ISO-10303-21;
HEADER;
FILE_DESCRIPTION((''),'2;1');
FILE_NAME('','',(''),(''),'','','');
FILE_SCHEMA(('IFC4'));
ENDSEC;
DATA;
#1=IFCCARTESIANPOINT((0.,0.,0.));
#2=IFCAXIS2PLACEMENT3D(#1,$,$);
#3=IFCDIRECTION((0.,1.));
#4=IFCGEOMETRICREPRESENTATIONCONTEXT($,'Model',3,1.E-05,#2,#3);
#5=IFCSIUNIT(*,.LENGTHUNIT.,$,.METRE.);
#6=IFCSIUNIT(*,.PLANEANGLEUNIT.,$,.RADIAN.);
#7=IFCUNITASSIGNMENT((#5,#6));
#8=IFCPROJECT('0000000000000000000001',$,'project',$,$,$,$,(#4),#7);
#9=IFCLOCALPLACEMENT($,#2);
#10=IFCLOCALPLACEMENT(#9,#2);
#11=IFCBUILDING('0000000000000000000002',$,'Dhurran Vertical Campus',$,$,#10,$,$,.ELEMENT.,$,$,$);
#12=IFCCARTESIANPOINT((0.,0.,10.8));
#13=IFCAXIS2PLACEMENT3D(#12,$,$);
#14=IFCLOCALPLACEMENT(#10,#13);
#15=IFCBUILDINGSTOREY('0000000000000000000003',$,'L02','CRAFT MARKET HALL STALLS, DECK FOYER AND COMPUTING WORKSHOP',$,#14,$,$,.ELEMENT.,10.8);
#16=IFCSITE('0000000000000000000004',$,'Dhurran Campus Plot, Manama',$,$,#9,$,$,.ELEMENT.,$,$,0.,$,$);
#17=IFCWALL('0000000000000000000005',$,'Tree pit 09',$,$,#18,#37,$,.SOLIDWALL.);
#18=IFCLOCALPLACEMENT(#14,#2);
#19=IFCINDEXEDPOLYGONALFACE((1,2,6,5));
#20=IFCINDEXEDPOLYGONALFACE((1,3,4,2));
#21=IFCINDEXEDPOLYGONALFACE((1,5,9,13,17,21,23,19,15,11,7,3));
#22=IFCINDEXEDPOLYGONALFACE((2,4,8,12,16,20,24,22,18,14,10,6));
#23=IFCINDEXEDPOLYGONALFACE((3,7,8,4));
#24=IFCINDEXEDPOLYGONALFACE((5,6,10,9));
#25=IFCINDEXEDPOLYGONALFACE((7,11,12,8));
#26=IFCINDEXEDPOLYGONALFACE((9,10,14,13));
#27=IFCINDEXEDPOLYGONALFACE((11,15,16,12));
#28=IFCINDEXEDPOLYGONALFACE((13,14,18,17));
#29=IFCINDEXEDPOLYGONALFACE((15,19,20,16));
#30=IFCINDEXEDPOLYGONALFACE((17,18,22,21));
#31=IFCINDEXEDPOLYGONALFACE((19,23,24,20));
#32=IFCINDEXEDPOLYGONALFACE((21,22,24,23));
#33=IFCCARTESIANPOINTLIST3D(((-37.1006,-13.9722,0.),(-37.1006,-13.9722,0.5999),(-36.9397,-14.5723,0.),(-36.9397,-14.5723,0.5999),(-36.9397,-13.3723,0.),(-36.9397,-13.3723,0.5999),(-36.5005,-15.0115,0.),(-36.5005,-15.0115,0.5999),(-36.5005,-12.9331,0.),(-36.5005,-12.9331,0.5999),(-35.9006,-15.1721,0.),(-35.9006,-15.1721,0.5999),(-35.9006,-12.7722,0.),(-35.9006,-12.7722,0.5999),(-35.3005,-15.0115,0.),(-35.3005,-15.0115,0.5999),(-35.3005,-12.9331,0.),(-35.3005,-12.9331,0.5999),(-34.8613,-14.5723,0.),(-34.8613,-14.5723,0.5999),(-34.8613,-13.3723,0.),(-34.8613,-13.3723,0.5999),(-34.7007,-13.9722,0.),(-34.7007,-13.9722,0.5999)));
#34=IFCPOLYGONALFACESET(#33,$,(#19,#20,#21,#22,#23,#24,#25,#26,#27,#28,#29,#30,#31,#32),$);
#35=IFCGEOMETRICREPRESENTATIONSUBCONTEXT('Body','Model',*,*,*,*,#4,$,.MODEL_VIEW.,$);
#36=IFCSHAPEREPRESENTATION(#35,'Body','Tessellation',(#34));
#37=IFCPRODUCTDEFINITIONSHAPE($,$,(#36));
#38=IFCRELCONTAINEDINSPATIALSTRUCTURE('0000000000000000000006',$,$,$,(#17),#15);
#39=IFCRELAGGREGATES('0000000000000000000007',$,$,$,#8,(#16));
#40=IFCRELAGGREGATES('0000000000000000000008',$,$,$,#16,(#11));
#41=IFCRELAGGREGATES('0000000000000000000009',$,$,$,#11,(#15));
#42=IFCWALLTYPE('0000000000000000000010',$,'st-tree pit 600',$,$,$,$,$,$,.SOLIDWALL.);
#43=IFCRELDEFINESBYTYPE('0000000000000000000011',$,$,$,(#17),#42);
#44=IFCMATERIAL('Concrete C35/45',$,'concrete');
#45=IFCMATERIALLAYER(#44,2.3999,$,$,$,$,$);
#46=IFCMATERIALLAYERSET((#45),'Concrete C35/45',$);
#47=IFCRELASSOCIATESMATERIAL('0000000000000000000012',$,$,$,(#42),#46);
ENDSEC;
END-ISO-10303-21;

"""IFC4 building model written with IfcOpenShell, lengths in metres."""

from ifc_helpers import new_model, si_unit, direction, frame, origin, place, context, subcontext, project, spatial, polyline, outline, extrude, material, layer, layer_set, type_object, element, save


model = new_model("IFC4")

# Units and contexts
model_context = context("Model", 3, precision=1e-05, world=origin(), true_north=direction((0.0, 1.0)))
body_context = subcontext(model_context, "Body", "Model", "MODEL_VIEW")
ifc_project = project(units=[si_unit("LENGTHUNIT", "METRE"), si_unit("PLANEANGLEUNIT", "RADIAN")], contexts=[model_context])

# Site, building, storey
site_placement = place(None, origin())
site = spatial("IfcSite", under=ifc_project, at=site_placement, Name="Dhurran Campus Plot, Manama", CompositionType="ELEMENT", RefElevation=0.0)
building_placement = place(site_placement, origin())
building = spatial("IfcBuilding", under=site, at=building_placement, Name="Dhurran Vertical Campus", CompositionType="ELEMENT")
storey_placement = place(building_placement, frame((0.0, 0.0, 10.8)))
storey = spatial("IfcBuildingStorey", under=building, at=storey_placement, Name="L02", Description="CRAFT MARKET HALL STALLS, DECK FOYER AND COMPUTING WORKSHOP", CompositionType="ELEMENT", Elevation=10.8)

# Wall
ifc_material_1 = material(Name="Concrete C35/45", Category="concrete")
ifc_layer_1 = layer(ifc_material_1, 2.3999)
ifc_layer_set_1 = layer_set([ifc_layer_1], Name="Concrete C35/45")
wall_type_1 = type_object("IfcWallType", Name="st-tree pit 600", PredefinedType="SOLIDWALL", material=ifc_layer_set_1)
wall_1_placement = place(storey_placement, origin())
element("IfcWall", 1, at=wall_1_placement, inside=storey, type_object=wall_type_1, Name="Tree pit 09", PredefinedType="SOLIDWALL", context=body_context, shape_type="SweptSolid", body=[
    extrude(outline(polyline([(-34.7007, -13.9722), (-34.8613, -14.5723), (-35.3005, -15.0115), (-35.9006, -15.1721), (-36.5005, -15.0115), (-36.9397, -14.5723), (-37.1006, -13.9722), (-36.9397, -13.3723), (-36.5005, -12.9331), (-35.9006, -12.7722), (-35.3005, -12.9331), (-34.8613, -13.3723), (-34.7007, -13.9722)])), origin(), (0.0, 0.0, 1.0), 0.5999),
])

save(model, "model.ifc")
